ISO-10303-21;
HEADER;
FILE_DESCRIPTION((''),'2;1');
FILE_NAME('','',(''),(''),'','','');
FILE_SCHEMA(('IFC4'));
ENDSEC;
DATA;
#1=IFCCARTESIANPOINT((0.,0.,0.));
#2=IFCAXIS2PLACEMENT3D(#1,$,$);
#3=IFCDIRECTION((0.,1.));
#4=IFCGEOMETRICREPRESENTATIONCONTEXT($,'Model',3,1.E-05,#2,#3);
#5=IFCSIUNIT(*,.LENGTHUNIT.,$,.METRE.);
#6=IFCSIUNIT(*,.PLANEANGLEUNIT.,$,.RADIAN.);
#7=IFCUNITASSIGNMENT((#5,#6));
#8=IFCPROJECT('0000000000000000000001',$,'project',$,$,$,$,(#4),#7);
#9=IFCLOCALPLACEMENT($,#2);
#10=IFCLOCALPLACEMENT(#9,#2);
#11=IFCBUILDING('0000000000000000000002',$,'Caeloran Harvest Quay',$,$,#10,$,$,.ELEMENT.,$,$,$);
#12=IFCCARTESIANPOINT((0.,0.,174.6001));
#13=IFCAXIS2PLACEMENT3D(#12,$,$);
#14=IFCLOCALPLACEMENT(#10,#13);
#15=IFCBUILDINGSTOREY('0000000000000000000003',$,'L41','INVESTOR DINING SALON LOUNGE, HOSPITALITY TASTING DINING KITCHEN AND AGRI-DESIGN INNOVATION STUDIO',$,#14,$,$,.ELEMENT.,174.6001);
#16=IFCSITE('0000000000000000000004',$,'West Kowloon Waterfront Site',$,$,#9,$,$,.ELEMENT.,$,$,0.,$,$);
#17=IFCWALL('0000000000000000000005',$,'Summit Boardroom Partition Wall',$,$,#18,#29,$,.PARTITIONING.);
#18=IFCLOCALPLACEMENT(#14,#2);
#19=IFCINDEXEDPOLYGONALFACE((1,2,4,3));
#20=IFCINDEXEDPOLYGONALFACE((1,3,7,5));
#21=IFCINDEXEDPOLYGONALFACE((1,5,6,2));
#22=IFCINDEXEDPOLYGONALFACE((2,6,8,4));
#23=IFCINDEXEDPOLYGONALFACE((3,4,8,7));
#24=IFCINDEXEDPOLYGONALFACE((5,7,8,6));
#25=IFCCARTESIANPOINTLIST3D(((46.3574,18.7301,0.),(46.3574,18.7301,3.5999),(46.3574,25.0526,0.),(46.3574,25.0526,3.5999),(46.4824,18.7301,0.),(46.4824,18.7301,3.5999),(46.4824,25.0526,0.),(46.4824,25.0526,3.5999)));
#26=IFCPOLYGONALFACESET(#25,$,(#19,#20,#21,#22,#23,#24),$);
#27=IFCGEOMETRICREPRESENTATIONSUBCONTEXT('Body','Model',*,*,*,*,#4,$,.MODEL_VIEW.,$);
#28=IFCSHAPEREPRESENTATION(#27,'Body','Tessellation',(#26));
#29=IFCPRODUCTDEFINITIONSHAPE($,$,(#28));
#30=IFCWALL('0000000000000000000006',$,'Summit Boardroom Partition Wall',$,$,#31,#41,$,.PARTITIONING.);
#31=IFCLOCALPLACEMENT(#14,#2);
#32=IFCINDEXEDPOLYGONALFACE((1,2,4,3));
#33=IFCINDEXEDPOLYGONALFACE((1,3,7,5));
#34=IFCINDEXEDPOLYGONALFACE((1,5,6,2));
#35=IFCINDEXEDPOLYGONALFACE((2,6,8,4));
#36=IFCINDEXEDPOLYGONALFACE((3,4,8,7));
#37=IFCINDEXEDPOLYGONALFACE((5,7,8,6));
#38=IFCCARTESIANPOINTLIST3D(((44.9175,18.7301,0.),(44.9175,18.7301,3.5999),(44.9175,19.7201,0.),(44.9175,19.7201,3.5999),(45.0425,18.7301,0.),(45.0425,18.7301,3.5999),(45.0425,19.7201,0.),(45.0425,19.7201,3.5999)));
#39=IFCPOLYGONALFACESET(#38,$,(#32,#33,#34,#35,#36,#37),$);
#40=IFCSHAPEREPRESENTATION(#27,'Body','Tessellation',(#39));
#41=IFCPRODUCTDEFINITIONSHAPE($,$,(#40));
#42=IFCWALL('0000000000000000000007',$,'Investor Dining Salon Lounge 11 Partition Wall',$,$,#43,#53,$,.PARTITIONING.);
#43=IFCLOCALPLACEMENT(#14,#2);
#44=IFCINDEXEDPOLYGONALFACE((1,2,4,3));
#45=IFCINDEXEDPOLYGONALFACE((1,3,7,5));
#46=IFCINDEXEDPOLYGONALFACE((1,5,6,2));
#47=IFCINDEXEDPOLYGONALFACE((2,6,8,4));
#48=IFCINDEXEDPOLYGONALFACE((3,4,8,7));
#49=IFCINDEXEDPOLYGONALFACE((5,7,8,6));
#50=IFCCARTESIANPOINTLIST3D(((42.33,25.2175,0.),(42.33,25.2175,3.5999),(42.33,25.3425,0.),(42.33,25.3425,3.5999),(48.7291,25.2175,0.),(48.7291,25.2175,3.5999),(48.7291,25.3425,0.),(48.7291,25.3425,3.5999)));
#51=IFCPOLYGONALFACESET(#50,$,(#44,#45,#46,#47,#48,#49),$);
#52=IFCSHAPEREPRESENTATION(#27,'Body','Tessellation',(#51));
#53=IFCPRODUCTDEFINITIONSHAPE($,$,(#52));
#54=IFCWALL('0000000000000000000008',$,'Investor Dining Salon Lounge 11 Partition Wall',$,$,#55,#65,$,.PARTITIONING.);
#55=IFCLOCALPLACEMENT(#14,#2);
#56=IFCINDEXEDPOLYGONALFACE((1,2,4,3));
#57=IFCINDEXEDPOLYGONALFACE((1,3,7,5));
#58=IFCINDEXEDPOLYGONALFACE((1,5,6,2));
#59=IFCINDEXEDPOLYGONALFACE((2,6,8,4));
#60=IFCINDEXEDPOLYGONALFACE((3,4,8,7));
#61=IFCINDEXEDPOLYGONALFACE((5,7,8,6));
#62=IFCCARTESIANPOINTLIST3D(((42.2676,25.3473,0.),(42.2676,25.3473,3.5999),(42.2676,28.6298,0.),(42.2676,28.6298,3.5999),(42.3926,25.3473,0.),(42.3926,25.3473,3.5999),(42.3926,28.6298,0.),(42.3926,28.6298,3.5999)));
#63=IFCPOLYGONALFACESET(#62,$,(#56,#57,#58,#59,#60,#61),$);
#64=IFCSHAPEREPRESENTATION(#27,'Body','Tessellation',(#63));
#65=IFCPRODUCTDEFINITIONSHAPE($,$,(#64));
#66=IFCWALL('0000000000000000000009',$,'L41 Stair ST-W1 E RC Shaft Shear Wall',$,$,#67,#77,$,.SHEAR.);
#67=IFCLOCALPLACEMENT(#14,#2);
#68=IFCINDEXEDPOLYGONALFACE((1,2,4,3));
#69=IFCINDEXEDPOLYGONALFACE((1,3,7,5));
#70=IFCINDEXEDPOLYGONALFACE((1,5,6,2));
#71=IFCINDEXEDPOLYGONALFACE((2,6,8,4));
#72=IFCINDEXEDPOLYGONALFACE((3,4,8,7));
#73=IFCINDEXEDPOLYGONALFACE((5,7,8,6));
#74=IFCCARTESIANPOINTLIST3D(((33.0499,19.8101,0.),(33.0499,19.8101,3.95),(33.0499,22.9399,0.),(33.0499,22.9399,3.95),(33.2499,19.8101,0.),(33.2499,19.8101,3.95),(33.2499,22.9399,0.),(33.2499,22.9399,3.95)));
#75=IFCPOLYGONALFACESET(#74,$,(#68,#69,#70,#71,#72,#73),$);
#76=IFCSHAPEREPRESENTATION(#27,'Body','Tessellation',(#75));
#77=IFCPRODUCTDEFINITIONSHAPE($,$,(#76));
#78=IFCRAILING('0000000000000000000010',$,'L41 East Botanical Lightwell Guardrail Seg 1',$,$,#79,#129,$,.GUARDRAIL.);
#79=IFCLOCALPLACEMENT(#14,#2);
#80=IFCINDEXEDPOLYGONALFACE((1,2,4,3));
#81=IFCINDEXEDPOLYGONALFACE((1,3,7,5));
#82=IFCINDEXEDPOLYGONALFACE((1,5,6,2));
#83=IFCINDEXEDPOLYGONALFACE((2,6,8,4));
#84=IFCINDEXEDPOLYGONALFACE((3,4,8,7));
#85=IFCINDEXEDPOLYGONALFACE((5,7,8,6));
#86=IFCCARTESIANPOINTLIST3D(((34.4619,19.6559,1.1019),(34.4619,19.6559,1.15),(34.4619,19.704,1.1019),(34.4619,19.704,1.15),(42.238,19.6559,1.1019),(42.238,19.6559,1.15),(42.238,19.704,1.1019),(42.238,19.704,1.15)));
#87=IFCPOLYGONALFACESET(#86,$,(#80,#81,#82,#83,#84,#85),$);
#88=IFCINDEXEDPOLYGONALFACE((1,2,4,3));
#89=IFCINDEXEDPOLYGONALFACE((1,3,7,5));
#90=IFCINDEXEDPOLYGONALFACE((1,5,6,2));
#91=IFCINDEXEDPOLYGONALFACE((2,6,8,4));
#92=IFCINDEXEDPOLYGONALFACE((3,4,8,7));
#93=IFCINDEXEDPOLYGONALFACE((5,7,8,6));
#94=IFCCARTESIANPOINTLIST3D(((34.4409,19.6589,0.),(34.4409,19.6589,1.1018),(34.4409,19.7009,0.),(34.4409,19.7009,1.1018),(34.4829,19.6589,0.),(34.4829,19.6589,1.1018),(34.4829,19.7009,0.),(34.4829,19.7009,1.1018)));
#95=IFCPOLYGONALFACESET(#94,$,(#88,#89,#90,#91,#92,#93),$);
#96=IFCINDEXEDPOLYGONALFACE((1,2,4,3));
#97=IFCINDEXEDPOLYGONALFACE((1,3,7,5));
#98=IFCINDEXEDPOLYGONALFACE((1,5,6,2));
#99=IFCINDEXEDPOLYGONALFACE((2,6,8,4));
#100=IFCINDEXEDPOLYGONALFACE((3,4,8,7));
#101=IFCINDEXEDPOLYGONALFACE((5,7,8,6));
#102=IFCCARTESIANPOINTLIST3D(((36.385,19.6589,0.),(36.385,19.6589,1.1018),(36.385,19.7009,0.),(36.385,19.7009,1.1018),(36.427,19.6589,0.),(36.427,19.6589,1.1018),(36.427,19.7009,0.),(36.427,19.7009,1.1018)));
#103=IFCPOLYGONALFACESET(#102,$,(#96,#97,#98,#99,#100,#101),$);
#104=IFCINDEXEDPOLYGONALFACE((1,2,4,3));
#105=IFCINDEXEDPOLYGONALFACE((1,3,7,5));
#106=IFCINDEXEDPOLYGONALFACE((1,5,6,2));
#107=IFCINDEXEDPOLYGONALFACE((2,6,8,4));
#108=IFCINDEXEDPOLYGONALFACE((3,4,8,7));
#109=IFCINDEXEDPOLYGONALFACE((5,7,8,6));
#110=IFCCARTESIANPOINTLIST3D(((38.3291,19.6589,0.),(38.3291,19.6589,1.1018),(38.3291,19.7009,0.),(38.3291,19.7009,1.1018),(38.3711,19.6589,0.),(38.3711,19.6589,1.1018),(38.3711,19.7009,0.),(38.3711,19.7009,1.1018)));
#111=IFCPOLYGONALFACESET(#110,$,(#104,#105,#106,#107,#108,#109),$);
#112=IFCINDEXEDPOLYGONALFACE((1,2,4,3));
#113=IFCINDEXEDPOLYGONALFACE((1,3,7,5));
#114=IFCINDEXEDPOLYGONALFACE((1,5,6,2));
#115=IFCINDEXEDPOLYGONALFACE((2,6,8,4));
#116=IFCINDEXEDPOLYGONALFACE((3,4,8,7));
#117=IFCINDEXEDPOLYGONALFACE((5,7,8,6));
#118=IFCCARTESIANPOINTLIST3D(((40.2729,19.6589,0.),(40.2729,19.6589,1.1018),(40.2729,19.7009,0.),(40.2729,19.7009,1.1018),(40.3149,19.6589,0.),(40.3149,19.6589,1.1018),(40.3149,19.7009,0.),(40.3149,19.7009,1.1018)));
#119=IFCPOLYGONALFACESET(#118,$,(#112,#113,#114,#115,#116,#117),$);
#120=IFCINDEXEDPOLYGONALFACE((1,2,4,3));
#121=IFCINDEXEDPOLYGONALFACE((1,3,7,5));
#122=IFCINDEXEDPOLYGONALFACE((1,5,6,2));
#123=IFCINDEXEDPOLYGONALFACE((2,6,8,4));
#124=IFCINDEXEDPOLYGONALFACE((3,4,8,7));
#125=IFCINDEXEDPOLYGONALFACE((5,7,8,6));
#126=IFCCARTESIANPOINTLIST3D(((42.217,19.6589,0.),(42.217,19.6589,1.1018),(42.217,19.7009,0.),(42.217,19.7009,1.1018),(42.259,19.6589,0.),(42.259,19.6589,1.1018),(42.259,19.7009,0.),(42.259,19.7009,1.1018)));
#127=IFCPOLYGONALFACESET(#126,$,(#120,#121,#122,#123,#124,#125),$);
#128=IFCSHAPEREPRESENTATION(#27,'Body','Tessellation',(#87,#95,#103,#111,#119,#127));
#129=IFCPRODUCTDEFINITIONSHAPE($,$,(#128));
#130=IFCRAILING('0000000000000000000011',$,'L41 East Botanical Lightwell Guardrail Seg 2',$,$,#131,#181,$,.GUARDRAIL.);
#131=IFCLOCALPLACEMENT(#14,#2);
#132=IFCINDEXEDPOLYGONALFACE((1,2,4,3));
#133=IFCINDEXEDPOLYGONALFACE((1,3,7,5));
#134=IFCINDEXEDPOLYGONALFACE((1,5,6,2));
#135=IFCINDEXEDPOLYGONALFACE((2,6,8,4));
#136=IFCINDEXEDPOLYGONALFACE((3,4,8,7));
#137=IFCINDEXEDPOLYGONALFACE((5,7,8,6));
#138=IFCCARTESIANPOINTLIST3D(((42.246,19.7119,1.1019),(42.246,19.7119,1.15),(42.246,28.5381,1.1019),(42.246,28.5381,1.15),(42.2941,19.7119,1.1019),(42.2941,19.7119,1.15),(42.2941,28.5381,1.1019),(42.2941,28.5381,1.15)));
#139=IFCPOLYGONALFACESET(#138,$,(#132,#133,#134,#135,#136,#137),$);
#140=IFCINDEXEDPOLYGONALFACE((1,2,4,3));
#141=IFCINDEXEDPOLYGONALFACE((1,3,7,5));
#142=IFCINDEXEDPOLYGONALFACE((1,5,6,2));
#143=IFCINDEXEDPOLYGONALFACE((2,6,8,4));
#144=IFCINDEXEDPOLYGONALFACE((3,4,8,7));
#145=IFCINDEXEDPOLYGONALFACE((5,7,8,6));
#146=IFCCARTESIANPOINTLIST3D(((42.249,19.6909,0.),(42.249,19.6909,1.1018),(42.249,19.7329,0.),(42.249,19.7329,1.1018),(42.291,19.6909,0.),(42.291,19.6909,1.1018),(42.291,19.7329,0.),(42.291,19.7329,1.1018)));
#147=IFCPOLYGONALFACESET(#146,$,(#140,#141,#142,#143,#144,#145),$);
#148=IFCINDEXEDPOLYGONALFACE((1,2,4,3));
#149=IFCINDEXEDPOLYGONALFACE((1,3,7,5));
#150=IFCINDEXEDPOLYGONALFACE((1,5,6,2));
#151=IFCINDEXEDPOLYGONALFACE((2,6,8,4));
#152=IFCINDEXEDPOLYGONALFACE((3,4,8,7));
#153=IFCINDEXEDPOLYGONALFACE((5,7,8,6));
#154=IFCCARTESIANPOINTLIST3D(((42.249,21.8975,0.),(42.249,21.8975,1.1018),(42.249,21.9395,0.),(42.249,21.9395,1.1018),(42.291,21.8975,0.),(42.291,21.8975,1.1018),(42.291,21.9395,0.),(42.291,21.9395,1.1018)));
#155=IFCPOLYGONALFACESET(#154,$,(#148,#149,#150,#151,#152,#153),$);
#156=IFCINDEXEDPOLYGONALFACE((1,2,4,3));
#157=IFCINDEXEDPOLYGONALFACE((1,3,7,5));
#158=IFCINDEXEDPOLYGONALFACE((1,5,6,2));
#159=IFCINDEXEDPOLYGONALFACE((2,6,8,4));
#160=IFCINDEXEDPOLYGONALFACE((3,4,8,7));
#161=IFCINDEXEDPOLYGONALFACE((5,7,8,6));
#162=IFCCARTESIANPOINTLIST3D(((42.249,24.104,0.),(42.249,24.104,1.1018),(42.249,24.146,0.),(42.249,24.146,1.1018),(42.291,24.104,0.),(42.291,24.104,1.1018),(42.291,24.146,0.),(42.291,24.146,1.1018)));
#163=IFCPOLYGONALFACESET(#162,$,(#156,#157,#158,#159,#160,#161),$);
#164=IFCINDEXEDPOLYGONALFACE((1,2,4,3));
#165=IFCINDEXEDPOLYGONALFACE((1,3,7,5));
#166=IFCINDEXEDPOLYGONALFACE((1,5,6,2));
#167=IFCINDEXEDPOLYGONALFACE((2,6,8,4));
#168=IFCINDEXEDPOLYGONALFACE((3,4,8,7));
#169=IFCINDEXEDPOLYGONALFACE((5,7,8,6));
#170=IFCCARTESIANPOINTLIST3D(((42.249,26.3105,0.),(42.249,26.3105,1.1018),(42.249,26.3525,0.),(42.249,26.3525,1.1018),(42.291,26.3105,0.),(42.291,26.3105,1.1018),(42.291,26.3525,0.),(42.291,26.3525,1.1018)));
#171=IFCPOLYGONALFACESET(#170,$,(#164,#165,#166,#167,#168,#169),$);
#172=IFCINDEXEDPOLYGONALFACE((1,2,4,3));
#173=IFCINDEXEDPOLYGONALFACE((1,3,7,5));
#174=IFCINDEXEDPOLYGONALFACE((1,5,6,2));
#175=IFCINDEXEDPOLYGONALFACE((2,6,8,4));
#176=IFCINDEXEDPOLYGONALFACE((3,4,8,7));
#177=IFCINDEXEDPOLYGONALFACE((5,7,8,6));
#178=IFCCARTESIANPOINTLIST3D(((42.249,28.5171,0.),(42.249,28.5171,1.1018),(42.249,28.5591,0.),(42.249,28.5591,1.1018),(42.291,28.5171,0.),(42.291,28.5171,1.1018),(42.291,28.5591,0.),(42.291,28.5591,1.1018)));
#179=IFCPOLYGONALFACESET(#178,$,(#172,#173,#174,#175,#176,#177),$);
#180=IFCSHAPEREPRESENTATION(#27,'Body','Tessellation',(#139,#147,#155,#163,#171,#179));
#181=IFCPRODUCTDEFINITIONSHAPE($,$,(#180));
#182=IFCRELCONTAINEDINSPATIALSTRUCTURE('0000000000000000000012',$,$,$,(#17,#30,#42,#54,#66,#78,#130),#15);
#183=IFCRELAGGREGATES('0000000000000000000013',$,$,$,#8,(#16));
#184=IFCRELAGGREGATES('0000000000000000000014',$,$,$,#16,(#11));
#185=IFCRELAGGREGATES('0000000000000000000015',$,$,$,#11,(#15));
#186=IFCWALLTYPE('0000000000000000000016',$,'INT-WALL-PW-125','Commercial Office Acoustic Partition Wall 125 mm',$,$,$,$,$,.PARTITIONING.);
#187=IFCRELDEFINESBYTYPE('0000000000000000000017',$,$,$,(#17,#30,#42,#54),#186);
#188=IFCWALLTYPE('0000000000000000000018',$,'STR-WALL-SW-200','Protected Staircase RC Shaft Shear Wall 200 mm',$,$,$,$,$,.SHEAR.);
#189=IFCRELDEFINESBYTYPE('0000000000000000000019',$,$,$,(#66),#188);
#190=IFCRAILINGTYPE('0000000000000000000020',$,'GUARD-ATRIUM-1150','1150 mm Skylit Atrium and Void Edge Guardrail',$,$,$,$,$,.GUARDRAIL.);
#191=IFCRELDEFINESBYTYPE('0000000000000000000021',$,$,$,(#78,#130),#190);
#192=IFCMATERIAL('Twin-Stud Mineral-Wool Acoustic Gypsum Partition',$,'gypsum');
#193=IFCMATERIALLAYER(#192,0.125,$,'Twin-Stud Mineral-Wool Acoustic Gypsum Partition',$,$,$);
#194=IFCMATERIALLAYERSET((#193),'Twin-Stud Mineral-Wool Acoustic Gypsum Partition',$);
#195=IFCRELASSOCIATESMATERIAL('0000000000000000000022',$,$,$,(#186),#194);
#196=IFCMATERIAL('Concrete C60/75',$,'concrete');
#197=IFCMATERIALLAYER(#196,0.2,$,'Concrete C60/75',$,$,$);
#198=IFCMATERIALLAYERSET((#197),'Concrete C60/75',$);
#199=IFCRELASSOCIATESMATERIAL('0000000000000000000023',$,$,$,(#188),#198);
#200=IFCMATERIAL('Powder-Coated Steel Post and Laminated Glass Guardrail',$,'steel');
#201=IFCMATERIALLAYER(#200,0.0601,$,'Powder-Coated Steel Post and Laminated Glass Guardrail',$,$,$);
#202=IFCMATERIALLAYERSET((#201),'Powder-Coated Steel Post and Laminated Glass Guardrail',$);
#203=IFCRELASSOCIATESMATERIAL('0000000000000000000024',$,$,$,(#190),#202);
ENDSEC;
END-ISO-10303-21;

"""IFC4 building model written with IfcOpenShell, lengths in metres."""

from ifc_helpers import new_model, si_unit, direction, frame, frame_2d, origin, origin_2d, place, context, subcontext, project, spatial, rectangle, extrude, material, layer, layer_set, type_object, element, save


model = new_model("IFC4")

# Units and contexts
model_context = context("Model", 3, precision=1e-05, world=origin(), true_north=direction((0.0, 1.0)))
body_context = subcontext(model_context, "Body", "Model", "MODEL_VIEW")
ifc_project = project(units=[si_unit("LENGTHUNIT", "METRE"), si_unit("PLANEANGLEUNIT", "RADIAN")], contexts=[model_context])

# Site, building, storey
site_placement = place(None, origin())
site = spatial("IfcSite", under=ifc_project, at=site_placement, Name="West Kowloon Waterfront Site", CompositionType="ELEMENT", RefElevation=0.0)
building_placement = place(site_placement, origin())
building = spatial("IfcBuilding", under=site, at=building_placement, Name="Caeloran Harvest Quay", CompositionType="ELEMENT")
storey_placement = place(building_placement, frame((0.0, 0.0, 174.6001)))
storey = spatial("IfcBuildingStorey", under=building, at=storey_placement, Name="L41", Description="INVESTOR DINING SALON LOUNGE, HOSPITALITY TASTING DINING KITCHEN AND AGRI-DESIGN INNOVATION STUDIO", CompositionType="ELEMENT", Elevation=174.6001)

# Shared definitions
ifc_material_1 = material(Name="Twin-Stud Mineral-Wool Acoustic Gypsum Partition", Category="gypsum")
ifc_layer_1 = layer(ifc_material_1, 0.125, Name="Twin-Stud Mineral-Wool Acoustic Gypsum Partition")
ifc_layer_set_1 = layer_set([ifc_layer_1], Name="Twin-Stud Mineral-Wool Acoustic Gypsum Partition")
wall_type_1 = type_object("IfcWallType", Name="INT-WALL-PW-125", Description="Commercial Office Acoustic Partition Wall 125 mm", PredefinedType="PARTITIONING", material=ifc_layer_set_1)

# Walls
wall_1_placement = place(storey_placement, frame((46.4199, 25.0525, 0.0), z_axis=(0.0, 0.0, 1.0), x_axis=(0.0, -1.0, 0.0)))
element("IfcWall", 1, at=wall_1_placement, inside=storey, type_object=wall_type_1, Name="Summit Boardroom Partition Wall", PredefinedType="PARTITIONING", context=body_context, shape_type="SweptSolid", body=[
    extrude(rectangle(XDim=6.3225, YDim=0.125, at=frame_2d((3.1611, 0.0))), origin(), (0.0, 0.0, 1.0), 3.5999),
])
wall_2_placement = place(storey_placement, frame((44.98, 18.73, 0.0), z_axis=(0.0, 0.0, 1.0), x_axis=(0.0, 1.0, 0.0)))
element("IfcWall", 2, at=wall_2_placement, inside=storey, type_object=wall_type_1, Name="Summit Boardroom Partition Wall", PredefinedType="PARTITIONING", context=body_context, shape_type="SweptSolid", body=[
    extrude(rectangle(XDim=0.99, YDim=0.125, at=frame_2d((0.4951, 0.0))), origin(), (0.0, 0.0, 1.0), 3.5999),
])
wall_3_placement = place(storey_placement, frame((48.7292, 25.28, 0.0), z_axis=(0.0, 0.0, 1.0), x_axis=(-1.0, 0.0, 0.0)))
element("IfcWall", 3, at=wall_3_placement, inside=storey, type_object=wall_type_1, Name="Investor Dining Salon Lounge 11 Partition Wall", PredefinedType="PARTITIONING", context=body_context, shape_type="SweptSolid", body=[
    extrude(rectangle(XDim=6.3992, YDim=0.125, at=frame_2d((3.1997, 0.0))), origin(), (0.0, 0.0, 1.0), 3.5999),
])
wall_4_placement = place(storey_placement, frame((42.3301, 25.3474, 0.0), z_axis=(0.0, 0.0, 1.0), x_axis=(0.0, 1.0, 0.0)))
element("IfcWall", 4, at=wall_4_placement, inside=storey, type_object=wall_type_1, Name="Investor Dining Salon Lounge 11 Partition Wall", PredefinedType="PARTITIONING", context=body_context, shape_type="SweptSolid", body=[
    extrude(rectangle(XDim=3.2825, YDim=0.125, at=frame_2d((1.6411, 0.0))), origin(), (0.0, 0.0, 1.0), 3.5999),
])
ifc_material_2 = material(Name="Concrete C60/75", Category="concrete")
ifc_layer_2 = layer(ifc_material_2, 0.2, Name="Concrete C60/75")
ifc_layer_set_2 = layer_set([ifc_layer_2], Name="Concrete C60/75")
wall_type_2 = type_object("IfcWallType", Name="STR-WALL-SW-200", Description="Protected Staircase RC Shaft Shear Wall 200 mm", PredefinedType="SHEAR", material=ifc_layer_set_2)
wall_5_placement = place(storey_placement, frame((33.1499, 19.8101, 0.0), z_axis=(0.0, 0.0, 1.0), x_axis=(0.0, 1.0, 0.0)))
element("IfcWall", 5, at=wall_5_placement, inside=storey, type_object=wall_type_2, Name="L41 Stair ST-W1 E RC Shaft Shear Wall", PredefinedType="SHEAR", context=body_context, shape_type="SweptSolid", body=[
    extrude(rectangle(XDim=3.1299, YDim=0.2, at=frame_2d((1.5649, 0.0))), origin(), (0.0, 0.0, 1.0), 3.95),
])

# Railings
ifc_material_3 = material(Name="Powder-Coated Steel Post and Laminated Glass Guardrail", Category="steel")
ifc_layer_3 = layer(ifc_material_3, 0.0601, Name="Powder-Coated Steel Post and Laminated Glass Guardrail")
ifc_layer_set_3 = layer_set([ifc_layer_3], Name="Powder-Coated Steel Post and Laminated Glass Guardrail")
railing_type = type_object("IfcRailingType", Name="GUARD-ATRIUM-1150", Description="1150 mm Skylit Atrium and Void Edge Guardrail", PredefinedType="GUARDRAIL", material=ifc_layer_set_3)
railing_1_placement = place(storey_placement, frame((34.4619, 19.6799, 0.0)))
element("IfcRailing", 6, at=railing_1_placement, inside=storey, type_object=railing_type, Name="L41 East Botanical Lightwell Guardrail Seg 1", PredefinedType="GUARDRAIL", context=body_context, shape_type="SweptSolid", body=[
    extrude(rectangle(XDim=0.0481, YDim=0.0481, at=origin_2d()), frame((0.0, 0.0, 1.126), z_axis=(1.0, 0.0, 0.0), x_axis=(0.0, 1.0, 0.0)), (0.0, 0.0, 1.0), 7.7761),
    extrude(rectangle(XDim=0.042, YDim=0.042, at=origin_2d()), origin(), (0.0, 0.0, 1.0), 1.1018),
    extrude(rectangle(XDim=0.042, YDim=0.042, at=origin_2d()), frame((1.9441, 0.0, 0.0)), (0.0, 0.0, 1.0), 1.1018),
    extrude(rectangle(XDim=0.042, YDim=0.042, at=origin_2d()), frame((3.8882, 0.0, 0.0)), (0.0, 0.0, 1.0), 1.1018),
    extrude(rectangle(XDim=0.042, YDim=0.042, at=origin_2d()), frame((5.832, 0.0, 0.0)), (0.0, 0.0, 1.0), 1.1018),
    extrude(rectangle(XDim=0.042, YDim=0.042, at=origin_2d()), frame((7.7761, 0.0, 0.0)), (0.0, 0.0, 1.0), 1.1018),
])
railing_2_placement = place(storey_placement, frame((42.27, 19.7119, 0.0)))
element("IfcRailing", 7, at=railing_2_placement, inside=storey, type_object=railing_type, Name="L41 East Botanical Lightwell Guardrail Seg 2", PredefinedType="GUARDRAIL", context=body_context, shape_type="SweptSolid", body=[
    extrude(rectangle(XDim=0.0481, YDim=0.0481, at=origin_2d()), frame((0.0, 0.0, 1.126), z_axis=(0.0, 1.0, 0.0), x_axis=(-1.0, 0.0, 0.0)), (0.0, 0.0, 1.0), 8.8262),
    extrude(rectangle(XDim=0.042, YDim=0.042, at=origin_2d()), origin(), (0.0, 0.0, 1.0), 1.1018),
    extrude(rectangle(XDim=0.042, YDim=0.042, at=origin_2d()), frame((0.0, 2.2065, 0.0)), (0.0, 0.0, 1.0), 1.1018),
    extrude(rectangle(XDim=0.042, YDim=0.042, at=origin_2d()), frame((0.0, 4.4131, 0.0)), (0.0, 0.0, 1.0), 1.1018),
    extrude(rectangle(XDim=0.042, YDim=0.042, at=origin_2d()), frame((0.0, 6.6196, 0.0)), (0.0, 0.0, 1.0), 1.1018),
    extrude(rectangle(XDim=0.042, YDim=0.042, at=origin_2d()), frame((0.0, 8.8262, 0.0)), (0.0, 0.0, 1.0), 1.1018),
])

save(model, "model.ifc")
